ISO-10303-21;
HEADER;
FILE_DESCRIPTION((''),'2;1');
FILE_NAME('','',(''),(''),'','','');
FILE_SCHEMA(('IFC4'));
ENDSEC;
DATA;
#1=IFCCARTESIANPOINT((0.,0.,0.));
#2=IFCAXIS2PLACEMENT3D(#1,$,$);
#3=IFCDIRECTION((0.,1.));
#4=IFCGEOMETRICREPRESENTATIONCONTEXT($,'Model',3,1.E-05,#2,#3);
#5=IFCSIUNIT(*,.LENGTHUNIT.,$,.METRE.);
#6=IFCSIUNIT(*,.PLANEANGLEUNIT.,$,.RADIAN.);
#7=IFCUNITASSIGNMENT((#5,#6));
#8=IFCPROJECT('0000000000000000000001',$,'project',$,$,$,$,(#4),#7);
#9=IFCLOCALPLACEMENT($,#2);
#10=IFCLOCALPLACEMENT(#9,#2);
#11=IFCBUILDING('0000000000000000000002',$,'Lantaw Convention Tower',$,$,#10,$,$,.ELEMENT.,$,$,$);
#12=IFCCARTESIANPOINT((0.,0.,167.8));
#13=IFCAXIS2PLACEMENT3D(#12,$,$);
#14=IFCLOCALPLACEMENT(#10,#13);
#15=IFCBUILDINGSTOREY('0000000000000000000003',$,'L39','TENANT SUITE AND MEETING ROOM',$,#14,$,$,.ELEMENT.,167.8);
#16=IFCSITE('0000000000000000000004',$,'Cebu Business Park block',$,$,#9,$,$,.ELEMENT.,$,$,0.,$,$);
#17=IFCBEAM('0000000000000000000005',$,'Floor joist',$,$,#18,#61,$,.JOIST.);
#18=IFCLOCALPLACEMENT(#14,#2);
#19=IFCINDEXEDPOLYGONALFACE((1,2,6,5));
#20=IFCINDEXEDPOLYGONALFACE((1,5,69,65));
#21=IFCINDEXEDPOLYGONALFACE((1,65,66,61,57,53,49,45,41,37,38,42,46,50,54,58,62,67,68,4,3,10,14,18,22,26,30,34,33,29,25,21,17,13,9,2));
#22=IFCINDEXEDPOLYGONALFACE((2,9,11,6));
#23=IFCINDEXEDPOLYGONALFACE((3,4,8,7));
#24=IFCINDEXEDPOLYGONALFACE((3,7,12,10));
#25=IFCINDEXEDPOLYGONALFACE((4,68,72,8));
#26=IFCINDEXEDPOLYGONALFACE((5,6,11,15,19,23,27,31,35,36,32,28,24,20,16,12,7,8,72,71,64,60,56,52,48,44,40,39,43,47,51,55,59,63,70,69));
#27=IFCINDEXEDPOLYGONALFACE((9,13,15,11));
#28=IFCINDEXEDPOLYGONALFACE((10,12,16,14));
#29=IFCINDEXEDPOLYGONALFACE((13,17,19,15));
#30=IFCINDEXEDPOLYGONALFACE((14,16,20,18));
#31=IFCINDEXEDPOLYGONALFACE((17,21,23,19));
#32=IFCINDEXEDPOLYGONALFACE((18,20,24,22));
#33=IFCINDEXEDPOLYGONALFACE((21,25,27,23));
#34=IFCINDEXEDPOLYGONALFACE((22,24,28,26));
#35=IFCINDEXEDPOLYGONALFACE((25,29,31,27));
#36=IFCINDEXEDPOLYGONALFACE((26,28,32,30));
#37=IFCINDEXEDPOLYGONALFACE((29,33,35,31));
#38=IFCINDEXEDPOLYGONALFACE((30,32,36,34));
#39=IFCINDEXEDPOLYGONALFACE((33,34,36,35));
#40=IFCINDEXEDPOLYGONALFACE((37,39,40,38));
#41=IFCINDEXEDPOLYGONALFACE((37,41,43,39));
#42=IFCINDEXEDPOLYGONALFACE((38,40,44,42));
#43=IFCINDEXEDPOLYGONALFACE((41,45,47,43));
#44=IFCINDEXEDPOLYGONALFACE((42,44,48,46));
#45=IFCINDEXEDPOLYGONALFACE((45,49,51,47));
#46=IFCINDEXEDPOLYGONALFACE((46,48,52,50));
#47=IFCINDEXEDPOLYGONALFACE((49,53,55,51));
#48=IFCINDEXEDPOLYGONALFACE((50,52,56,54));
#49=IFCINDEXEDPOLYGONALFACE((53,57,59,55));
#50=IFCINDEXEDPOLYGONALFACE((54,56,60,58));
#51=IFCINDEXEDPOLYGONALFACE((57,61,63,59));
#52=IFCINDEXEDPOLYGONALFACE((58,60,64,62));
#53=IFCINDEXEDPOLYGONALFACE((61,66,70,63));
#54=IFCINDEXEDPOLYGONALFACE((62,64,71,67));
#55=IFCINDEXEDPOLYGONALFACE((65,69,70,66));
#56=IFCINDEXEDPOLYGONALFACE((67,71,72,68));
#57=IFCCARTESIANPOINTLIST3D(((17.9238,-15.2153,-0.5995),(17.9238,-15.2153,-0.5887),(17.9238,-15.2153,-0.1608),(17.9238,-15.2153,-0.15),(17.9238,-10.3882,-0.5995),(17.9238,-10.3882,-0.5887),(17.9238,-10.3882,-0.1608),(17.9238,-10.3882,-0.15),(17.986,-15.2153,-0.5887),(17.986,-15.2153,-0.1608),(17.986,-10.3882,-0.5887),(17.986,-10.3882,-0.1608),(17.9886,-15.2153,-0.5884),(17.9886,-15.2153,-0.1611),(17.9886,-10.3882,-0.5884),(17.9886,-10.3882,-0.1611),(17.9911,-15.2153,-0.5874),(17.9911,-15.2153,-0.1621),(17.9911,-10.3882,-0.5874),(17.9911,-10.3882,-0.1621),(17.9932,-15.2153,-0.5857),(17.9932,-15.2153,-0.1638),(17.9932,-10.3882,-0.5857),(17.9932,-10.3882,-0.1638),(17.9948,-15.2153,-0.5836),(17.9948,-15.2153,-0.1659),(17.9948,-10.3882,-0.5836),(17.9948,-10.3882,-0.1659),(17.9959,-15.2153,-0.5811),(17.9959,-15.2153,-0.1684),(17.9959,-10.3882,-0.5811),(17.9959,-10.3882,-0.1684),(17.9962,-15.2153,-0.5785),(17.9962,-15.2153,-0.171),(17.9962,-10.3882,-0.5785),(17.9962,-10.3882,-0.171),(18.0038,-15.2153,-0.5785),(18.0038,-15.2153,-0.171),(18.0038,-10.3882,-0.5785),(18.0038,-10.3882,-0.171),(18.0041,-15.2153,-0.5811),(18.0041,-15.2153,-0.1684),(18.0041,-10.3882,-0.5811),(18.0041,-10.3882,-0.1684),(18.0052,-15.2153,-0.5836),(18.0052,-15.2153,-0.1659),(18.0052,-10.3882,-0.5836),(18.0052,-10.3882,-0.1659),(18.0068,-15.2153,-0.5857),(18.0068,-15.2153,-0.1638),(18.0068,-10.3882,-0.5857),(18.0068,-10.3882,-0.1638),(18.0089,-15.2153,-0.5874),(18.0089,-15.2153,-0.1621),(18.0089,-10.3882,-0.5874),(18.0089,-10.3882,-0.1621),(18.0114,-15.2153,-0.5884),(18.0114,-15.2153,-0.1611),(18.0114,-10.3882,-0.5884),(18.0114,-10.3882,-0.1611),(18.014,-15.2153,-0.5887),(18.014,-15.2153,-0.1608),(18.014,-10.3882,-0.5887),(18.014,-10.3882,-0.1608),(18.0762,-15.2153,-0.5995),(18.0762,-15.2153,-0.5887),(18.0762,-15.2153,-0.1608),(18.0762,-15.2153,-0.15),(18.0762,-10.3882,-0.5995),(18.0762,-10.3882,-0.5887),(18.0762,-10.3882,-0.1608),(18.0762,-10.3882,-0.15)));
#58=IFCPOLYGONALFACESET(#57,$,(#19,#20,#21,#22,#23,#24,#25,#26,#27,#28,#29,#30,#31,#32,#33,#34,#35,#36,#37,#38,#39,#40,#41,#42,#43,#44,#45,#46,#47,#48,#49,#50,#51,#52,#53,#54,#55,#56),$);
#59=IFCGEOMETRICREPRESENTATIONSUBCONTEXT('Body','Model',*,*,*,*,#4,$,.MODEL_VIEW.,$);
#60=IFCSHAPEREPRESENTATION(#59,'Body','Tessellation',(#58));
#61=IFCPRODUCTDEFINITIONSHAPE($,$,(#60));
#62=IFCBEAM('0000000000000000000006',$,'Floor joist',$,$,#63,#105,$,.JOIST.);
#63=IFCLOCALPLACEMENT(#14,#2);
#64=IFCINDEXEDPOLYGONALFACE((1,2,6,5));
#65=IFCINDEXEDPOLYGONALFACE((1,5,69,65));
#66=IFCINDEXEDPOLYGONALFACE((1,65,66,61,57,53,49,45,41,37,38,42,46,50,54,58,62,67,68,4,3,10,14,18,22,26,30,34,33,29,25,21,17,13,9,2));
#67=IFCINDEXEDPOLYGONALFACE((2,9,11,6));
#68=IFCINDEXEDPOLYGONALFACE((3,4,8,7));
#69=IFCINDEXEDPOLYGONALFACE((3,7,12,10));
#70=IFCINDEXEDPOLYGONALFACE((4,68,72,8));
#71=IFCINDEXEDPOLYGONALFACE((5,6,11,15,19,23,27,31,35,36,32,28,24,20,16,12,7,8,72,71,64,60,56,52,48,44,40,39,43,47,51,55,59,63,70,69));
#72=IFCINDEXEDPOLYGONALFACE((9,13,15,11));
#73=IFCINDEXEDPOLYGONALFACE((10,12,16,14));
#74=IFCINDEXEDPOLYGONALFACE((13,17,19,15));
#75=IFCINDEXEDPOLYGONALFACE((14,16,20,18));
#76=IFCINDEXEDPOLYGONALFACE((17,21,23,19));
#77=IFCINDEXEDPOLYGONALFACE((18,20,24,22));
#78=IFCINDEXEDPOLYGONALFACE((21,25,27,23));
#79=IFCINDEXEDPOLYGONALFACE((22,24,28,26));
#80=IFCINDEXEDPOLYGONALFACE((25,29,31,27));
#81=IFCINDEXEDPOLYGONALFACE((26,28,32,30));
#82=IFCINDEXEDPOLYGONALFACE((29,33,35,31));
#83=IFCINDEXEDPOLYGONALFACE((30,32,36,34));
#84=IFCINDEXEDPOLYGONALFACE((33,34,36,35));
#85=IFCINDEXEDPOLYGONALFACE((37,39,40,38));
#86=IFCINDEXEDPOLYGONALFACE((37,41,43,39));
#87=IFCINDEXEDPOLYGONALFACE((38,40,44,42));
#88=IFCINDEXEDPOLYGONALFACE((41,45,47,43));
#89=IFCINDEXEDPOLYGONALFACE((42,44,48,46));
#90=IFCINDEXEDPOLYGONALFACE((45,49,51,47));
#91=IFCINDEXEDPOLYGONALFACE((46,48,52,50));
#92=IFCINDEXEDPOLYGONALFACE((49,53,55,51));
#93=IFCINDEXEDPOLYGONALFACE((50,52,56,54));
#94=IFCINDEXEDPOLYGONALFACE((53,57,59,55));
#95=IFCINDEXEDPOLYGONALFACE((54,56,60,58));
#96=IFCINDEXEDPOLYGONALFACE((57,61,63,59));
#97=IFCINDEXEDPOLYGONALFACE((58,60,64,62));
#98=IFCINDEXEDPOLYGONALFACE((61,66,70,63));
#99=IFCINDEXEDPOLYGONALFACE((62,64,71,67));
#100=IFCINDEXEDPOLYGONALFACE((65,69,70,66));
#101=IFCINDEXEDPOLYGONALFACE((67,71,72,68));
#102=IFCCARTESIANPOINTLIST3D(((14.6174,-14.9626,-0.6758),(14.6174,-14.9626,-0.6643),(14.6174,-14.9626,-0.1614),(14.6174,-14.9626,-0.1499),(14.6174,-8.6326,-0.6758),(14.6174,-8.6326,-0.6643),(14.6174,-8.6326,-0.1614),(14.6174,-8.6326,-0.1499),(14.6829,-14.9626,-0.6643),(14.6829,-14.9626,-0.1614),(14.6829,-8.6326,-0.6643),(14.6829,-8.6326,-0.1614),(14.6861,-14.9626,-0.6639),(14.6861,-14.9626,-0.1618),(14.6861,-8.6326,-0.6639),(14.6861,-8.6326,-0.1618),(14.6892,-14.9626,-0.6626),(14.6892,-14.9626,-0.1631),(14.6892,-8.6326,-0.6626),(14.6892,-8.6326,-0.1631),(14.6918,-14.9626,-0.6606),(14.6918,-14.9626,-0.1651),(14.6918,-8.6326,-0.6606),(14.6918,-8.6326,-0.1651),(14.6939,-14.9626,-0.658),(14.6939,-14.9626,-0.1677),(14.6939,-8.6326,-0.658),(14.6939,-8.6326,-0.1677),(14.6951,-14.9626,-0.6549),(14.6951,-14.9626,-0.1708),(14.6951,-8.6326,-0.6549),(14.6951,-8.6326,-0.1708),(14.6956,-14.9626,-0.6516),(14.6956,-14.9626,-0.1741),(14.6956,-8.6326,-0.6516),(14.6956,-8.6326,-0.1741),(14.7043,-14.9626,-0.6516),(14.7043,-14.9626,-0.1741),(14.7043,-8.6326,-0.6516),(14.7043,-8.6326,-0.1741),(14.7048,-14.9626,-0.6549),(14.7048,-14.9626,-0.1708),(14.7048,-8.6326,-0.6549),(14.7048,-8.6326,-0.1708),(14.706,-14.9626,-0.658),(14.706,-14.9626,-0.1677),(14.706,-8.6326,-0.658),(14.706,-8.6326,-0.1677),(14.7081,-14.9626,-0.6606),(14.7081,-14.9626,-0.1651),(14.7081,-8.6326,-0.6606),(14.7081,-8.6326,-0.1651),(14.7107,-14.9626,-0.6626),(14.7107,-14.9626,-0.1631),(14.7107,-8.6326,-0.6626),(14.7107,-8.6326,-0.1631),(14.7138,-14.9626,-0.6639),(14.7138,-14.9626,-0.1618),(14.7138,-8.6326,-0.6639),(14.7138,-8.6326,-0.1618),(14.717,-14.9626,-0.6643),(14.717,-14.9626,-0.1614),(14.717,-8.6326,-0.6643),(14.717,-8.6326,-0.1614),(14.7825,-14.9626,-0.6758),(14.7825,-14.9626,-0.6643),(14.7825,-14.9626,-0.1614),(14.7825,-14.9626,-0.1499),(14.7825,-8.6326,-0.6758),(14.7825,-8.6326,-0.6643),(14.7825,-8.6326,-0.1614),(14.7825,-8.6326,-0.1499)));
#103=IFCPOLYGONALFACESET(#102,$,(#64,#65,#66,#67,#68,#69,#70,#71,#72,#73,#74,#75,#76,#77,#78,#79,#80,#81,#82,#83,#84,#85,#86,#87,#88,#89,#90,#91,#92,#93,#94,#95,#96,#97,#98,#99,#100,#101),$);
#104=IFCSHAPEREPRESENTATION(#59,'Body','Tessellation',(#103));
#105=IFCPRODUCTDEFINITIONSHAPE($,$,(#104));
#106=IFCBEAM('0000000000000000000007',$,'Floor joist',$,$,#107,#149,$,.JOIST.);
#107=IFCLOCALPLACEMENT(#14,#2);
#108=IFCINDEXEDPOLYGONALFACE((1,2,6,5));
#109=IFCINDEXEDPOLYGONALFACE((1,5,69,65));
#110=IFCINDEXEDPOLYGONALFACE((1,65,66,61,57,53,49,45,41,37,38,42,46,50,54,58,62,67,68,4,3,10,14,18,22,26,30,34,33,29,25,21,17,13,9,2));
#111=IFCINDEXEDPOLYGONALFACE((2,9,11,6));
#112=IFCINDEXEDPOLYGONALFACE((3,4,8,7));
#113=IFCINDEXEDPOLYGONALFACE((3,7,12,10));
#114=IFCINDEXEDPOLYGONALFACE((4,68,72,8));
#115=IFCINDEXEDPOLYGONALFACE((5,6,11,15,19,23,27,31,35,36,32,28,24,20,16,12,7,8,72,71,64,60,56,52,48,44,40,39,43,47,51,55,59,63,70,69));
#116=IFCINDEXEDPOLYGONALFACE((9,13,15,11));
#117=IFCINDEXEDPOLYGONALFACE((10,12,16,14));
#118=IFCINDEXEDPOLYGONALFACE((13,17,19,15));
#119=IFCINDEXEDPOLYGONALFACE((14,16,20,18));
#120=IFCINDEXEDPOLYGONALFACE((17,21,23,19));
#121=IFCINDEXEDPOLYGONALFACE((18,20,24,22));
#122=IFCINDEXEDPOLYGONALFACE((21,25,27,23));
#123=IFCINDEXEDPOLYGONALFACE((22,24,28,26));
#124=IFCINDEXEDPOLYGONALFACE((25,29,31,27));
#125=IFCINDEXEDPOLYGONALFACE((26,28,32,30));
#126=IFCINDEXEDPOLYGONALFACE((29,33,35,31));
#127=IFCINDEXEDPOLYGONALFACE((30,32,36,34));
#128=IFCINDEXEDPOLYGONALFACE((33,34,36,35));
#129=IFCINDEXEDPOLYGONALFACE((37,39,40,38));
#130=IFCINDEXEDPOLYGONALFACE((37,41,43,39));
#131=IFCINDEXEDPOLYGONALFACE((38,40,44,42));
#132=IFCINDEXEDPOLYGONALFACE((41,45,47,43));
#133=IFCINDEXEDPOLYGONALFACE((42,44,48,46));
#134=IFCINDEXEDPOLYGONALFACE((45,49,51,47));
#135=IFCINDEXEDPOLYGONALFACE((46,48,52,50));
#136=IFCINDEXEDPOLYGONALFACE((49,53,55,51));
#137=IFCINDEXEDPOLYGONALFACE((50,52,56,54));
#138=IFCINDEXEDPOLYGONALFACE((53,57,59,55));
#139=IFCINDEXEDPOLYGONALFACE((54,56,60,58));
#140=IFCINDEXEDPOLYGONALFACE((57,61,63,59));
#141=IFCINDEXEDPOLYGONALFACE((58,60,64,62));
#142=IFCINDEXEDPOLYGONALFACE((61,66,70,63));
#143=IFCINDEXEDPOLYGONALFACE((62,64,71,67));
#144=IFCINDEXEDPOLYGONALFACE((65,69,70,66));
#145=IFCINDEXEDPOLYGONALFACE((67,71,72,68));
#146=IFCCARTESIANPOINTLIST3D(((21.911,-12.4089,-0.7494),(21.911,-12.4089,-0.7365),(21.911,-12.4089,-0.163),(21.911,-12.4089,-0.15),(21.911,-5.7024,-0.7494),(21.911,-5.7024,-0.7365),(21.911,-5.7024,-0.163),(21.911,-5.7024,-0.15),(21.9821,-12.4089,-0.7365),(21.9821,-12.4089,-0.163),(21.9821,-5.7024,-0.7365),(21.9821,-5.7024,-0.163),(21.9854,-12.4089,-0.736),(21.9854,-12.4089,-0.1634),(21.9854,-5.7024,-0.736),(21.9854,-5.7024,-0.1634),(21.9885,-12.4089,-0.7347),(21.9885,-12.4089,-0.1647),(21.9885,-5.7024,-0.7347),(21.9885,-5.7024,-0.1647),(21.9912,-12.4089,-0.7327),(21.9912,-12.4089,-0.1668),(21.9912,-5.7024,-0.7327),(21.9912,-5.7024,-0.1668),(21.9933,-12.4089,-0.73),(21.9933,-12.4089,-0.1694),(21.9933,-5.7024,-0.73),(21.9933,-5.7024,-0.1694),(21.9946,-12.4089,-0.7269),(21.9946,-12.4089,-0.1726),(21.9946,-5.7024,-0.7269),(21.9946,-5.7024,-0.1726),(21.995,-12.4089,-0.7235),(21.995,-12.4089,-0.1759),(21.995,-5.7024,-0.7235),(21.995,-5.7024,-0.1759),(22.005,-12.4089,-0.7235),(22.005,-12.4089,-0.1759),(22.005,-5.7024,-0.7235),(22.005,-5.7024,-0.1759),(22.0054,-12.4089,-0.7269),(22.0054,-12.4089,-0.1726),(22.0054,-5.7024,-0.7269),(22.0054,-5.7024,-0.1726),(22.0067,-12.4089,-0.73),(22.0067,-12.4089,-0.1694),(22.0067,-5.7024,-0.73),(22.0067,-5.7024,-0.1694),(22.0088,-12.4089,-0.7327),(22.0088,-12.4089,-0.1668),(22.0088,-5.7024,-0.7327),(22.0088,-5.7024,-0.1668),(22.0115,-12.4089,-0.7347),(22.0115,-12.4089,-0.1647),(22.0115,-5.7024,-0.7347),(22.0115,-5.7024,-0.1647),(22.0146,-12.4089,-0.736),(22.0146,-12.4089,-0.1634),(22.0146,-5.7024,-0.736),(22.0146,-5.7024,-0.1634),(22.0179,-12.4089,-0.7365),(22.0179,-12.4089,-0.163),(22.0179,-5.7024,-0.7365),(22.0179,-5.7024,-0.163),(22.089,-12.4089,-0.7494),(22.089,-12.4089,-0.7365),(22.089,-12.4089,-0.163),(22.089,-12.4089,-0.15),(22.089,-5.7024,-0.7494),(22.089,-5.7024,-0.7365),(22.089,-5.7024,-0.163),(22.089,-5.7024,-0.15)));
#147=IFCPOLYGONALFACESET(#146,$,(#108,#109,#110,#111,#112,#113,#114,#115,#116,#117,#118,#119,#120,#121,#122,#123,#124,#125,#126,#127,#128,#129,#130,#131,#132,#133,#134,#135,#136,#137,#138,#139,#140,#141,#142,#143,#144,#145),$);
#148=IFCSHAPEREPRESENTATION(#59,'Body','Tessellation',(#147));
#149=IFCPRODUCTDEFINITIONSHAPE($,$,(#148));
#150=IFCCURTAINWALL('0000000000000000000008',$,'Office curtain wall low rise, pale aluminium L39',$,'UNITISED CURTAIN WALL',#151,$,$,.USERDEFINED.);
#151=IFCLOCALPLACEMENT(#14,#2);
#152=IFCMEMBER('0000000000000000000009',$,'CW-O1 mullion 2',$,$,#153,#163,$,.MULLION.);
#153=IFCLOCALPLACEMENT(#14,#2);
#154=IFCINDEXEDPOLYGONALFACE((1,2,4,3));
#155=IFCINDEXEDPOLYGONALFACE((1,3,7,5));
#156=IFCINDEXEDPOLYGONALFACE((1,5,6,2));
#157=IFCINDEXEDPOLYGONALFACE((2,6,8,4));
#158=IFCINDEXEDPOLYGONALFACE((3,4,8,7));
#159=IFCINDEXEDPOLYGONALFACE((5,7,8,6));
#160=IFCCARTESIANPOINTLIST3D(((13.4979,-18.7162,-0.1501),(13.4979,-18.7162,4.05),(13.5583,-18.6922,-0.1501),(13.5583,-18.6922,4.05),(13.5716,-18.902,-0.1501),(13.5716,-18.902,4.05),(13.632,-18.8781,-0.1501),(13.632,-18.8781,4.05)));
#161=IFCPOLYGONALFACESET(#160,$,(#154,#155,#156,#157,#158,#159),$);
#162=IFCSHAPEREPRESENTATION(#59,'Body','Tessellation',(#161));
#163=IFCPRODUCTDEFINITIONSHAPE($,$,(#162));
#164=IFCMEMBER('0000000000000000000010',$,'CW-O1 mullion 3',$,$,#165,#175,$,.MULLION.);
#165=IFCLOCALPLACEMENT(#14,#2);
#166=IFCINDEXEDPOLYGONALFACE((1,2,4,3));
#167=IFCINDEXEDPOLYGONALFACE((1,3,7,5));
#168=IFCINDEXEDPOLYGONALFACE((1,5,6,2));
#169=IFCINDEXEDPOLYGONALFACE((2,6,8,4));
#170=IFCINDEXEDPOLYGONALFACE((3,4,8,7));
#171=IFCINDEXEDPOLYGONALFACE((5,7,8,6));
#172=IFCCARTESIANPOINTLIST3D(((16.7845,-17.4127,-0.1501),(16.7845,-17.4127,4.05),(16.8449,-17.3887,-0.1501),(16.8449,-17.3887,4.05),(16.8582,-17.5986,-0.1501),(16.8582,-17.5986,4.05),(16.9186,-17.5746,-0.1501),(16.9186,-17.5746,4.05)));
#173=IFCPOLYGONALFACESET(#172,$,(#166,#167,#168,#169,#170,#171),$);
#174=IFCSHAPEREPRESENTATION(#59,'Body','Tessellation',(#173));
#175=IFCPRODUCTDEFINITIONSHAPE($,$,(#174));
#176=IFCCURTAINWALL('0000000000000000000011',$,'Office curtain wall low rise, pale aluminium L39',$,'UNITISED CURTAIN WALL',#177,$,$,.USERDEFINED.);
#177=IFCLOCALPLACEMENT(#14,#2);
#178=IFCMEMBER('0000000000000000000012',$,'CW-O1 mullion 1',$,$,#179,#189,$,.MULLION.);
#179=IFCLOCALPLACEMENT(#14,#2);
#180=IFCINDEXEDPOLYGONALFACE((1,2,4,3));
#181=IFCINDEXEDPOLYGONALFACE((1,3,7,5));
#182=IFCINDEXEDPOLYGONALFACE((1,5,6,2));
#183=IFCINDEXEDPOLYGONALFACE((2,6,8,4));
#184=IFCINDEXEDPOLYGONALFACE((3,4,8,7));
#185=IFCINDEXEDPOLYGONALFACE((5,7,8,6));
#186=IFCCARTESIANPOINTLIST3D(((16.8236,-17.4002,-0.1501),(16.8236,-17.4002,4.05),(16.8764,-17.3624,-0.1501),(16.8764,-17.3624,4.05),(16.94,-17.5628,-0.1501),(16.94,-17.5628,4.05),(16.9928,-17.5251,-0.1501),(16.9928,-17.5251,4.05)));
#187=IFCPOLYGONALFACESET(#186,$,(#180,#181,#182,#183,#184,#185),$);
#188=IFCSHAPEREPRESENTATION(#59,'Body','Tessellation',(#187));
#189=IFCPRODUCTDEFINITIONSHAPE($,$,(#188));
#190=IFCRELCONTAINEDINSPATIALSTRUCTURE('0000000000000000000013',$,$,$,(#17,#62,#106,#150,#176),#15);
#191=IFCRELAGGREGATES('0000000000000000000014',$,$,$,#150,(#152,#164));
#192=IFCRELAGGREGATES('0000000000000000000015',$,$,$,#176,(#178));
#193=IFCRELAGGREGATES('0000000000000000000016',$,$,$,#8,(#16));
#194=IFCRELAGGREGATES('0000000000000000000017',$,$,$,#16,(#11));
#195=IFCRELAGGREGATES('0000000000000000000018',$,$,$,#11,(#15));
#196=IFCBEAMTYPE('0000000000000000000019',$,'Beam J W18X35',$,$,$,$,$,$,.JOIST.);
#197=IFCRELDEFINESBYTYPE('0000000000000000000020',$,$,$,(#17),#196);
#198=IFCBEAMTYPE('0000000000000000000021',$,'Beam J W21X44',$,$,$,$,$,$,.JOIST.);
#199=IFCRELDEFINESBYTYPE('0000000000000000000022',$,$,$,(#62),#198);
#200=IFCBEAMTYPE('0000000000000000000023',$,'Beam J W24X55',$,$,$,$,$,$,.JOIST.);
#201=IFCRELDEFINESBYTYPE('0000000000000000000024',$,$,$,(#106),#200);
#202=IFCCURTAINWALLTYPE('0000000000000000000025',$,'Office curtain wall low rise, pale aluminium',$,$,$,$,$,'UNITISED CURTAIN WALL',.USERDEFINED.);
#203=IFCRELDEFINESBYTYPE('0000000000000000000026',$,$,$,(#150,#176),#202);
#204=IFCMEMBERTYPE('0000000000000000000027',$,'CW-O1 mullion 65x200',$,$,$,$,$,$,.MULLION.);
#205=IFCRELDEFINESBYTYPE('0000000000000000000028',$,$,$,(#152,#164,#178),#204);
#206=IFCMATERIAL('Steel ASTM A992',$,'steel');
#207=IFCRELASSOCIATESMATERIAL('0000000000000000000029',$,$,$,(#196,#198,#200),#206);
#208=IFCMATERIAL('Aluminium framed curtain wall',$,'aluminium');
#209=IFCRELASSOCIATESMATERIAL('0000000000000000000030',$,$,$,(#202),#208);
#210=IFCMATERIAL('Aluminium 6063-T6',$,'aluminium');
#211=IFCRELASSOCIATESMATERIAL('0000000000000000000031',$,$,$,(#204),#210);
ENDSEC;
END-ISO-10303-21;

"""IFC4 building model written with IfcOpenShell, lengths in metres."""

from ifc_helpers import new_model, si_unit, direction, frame, origin, origin_2d, place, context, subcontext, project, spatial, rectangle, i_section, extrude, material, material_profile, profile_set, type_object, element, aggregate, save


model = new_model("IFC4")

# Units and contexts
model_context = context("Model", 3, precision=1e-05, world=origin(), true_north=direction((0.0, 1.0)))
body_context = subcontext(model_context, "Body", "Model", "MODEL_VIEW")
ifc_project = project(units=[si_unit("LENGTHUNIT", "METRE"), si_unit("PLANEANGLEUNIT", "RADIAN")], contexts=[model_context])

# Site, building, storey
site_placement = place(None, origin())
site = spatial("IfcSite", under=ifc_project, at=site_placement, Name="Cebu Business Park block", CompositionType="ELEMENT", RefElevation=0.0)
building_placement = place(site_placement, origin())
building = spatial("IfcBuilding", under=site, at=building_placement, Name="Lantaw Convention Tower", CompositionType="ELEMENT")
storey_placement = place(building_placement, frame((0.0, 0.0, 167.8)))
storey = spatial("IfcBuildingStorey", under=building, at=storey_placement, Name="L39", Description="TENANT SUITE AND MEETING ROOM", CompositionType="ELEMENT", Elevation=167.8)

# Beams
ifc_material_1 = material(Name="Steel ASTM A992", Category="steel")
ifc_material_profile_1 = material_profile(ifc_material_1, i_section(OverallWidth=0.1523, OverallDepth=0.4495, WebThickness=0.0076, FlangeThickness=0.0107, FilletRadius=0.0103, at=origin_2d()), Name="W18X35")
ifc_profile_set_1 = profile_set([ifc_material_profile_1], Name="Steel ASTM A992")
beam_type_1 = type_object("IfcBeamType", Name="Beam J W18X35", PredefinedType="JOIST", material=ifc_profile_set_1)
beam_1_placement = place(storey_placement, frame((18.0, -15.2153, -0.3748), z_axis=(0.0, 1.0, 0.0), x_axis=(-1.0, 0.0, 0.0)))
element("IfcBeam", 1, at=beam_1_placement, inside=storey, type_object=beam_type_1, Name="Floor joist", PredefinedType="JOIST", context=body_context, shape_type="SweptSolid", body=[
    extrude(i_section(OverallWidth=0.1523, OverallDepth=0.4495, WebThickness=0.0076, FlangeThickness=0.0107, FilletRadius=0.0103, at=origin_2d()), origin(), (0.0, 0.0, 1.0), 4.8271),
])
ifc_material_profile_2 = material_profile(ifc_material_1, i_section(OverallWidth=0.165, OverallDepth=0.5259, WebThickness=0.0088, FlangeThickness=0.0115, FilletRadius=0.0127, at=origin_2d()), Name="W21X44")
ifc_profile_set_2 = profile_set([ifc_material_profile_2], Name="Steel ASTM A992")
beam_type_2 = type_object("IfcBeamType", Name="Beam J W21X44", PredefinedType="JOIST", material=ifc_profile_set_2)
beam_2_placement = place(storey_placement, frame((14.7, -14.9626, -0.4128), z_axis=(0.0, 1.0, 0.0), x_axis=(-1.0, 0.0, 0.0)))
element("IfcBeam", 2, at=beam_2_placement, inside=storey, type_object=beam_type_2, Name="Floor joist", PredefinedType="JOIST", context=body_context, shape_type="SweptSolid", body=[
    extrude(i_section(OverallWidth=0.165, OverallDepth=0.5259, WebThickness=0.0088, FlangeThickness=0.0115, FilletRadius=0.0127, at=origin_2d()), origin(), (0.0, 0.0, 1.0), 6.3301),
])
ifc_material_profile_3 = material_profile(ifc_material_1, i_section(OverallWidth=0.178, OverallDepth=0.5994, WebThickness=0.01, FlangeThickness=0.0129, FilletRadius=0.0129, at=origin_2d()), Name="W24X55")
ifc_profile_set_3 = profile_set([ifc_material_profile_3], Name="Steel ASTM A992")
beam_type_3 = type_object("IfcBeamType", Name="Beam J W24X55", PredefinedType="JOIST", material=ifc_profile_set_3)
beam_3_placement = place(storey_placement, frame((22.0, -12.4089, -0.4497), z_axis=(0.0, 1.0, 0.0), x_axis=(-1.0, 0.0, 0.0)))
element("IfcBeam", 3, at=beam_3_placement, inside=storey, type_object=beam_type_3, Name="Floor joist", PredefinedType="JOIST", context=body_context, shape_type="SweptSolid", body=[
    extrude(i_section(OverallWidth=0.178, OverallDepth=0.5994, WebThickness=0.01, FlangeThickness=0.0129, FilletRadius=0.0129, at=origin_2d()), origin(), (0.0, 0.0, 1.0), 6.7065),
])

# Curtain walls, members
ifc_material_2 = material(Name="Aluminium framed curtain wall", Category="aluminium")
curtain_wall_type = type_object("IfcCurtainWallType", Name="Office curtain wall low rise, pale aluminium", ElementType="UNITISED CURTAIN WALL", PredefinedType="USERDEFINED", material=ifc_material_2)
curtain_wall_1_placement = place(storey_placement, origin())
curtain_wall_1 = element("IfcCurtainWall", 4, at=curtain_wall_1_placement, inside=storey, type_object=curtain_wall_type, Name="Office curtain wall low rise, pale aluminium L39", ObjectType="UNITISED CURTAIN WALL", PredefinedType="USERDEFINED")
ifc_material_3 = material(Name="Aluminium 6063-T6", Category="aluminium")
ifc_material_profile_4 = material_profile(ifc_material_3, rectangle(XDim=0.2, YDim=0.0649, at=origin_2d()), Name="CW-O1 mullion 65x200")
ifc_profile_set_4 = profile_set([ifc_material_profile_4], Name="Aluminium 6063-T6")
member_type_1 = type_object("IfcMemberType", Name="CW-O1 mullion 65x200", PredefinedType="MULLION", material=ifc_profile_set_4)
member_1_placement = place(storey_placement, frame((13.5649, -18.7971, -0.1501), z_axis=(0.0, 0.0, 1.0), x_axis=(-0.368702, 0.929548, 0.0)))
member_1 = element("IfcMember", 5, at=member_1_placement, type_object=member_type_1, Name="CW-O1 mullion 2", PredefinedType="MULLION", context=body_context, shape_type="SweptSolid", body=[
    extrude(rectangle(XDim=0.2, YDim=0.0649, at=origin_2d()), origin(), (0.0, 0.0, 1.0), 4.2002),
])
member_2_placement = place(storey_placement, frame((16.8516, -17.4937, -0.1501), z_axis=(0.0, 0.0, 1.0), x_axis=(-0.368702, 0.929548, 0.0)))
member_2 = element("IfcMember", 6, at=member_2_placement, type_object=member_type_1, Name="CW-O1 mullion 3", PredefinedType="MULLION", context=body_context, shape_type="SweptSolid", body=[
    extrude(rectangle(XDim=0.2, YDim=0.0649, at=origin_2d()), origin(), (0.0, 0.0, 1.0), 4.2002),
])
curtain_wall_2_placement = place(storey_placement, origin())
curtain_wall_2 = element("IfcCurtainWall", 7, at=curtain_wall_2_placement, inside=storey, type_object=curtain_wall_type, Name="Office curtain wall low rise, pale aluminium L39", ObjectType="UNITISED CURTAIN WALL", PredefinedType="USERDEFINED")
member_3_placement = place(storey_placement, frame((16.9082, -17.4626, -0.1501), z_axis=(0.0, 0.0, 1.0), x_axis=(-0.581973, 0.813208, 0.0)))
member_3 = element("IfcMember", 8, at=member_3_placement, type_object=member_type_1, Name="CW-O1 mullion 1", PredefinedType="MULLION", context=body_context, shape_type="SweptSolid", body=[
    extrude(rectangle(XDim=0.2, YDim=0.0649, at=origin_2d()), origin(), (0.0, 0.0, 1.0), 4.2002),
])

aggregate(curtain_wall_1, [member_1, member_2])
aggregate(curtain_wall_2, [member_3])

save(model, "model.ifc")
